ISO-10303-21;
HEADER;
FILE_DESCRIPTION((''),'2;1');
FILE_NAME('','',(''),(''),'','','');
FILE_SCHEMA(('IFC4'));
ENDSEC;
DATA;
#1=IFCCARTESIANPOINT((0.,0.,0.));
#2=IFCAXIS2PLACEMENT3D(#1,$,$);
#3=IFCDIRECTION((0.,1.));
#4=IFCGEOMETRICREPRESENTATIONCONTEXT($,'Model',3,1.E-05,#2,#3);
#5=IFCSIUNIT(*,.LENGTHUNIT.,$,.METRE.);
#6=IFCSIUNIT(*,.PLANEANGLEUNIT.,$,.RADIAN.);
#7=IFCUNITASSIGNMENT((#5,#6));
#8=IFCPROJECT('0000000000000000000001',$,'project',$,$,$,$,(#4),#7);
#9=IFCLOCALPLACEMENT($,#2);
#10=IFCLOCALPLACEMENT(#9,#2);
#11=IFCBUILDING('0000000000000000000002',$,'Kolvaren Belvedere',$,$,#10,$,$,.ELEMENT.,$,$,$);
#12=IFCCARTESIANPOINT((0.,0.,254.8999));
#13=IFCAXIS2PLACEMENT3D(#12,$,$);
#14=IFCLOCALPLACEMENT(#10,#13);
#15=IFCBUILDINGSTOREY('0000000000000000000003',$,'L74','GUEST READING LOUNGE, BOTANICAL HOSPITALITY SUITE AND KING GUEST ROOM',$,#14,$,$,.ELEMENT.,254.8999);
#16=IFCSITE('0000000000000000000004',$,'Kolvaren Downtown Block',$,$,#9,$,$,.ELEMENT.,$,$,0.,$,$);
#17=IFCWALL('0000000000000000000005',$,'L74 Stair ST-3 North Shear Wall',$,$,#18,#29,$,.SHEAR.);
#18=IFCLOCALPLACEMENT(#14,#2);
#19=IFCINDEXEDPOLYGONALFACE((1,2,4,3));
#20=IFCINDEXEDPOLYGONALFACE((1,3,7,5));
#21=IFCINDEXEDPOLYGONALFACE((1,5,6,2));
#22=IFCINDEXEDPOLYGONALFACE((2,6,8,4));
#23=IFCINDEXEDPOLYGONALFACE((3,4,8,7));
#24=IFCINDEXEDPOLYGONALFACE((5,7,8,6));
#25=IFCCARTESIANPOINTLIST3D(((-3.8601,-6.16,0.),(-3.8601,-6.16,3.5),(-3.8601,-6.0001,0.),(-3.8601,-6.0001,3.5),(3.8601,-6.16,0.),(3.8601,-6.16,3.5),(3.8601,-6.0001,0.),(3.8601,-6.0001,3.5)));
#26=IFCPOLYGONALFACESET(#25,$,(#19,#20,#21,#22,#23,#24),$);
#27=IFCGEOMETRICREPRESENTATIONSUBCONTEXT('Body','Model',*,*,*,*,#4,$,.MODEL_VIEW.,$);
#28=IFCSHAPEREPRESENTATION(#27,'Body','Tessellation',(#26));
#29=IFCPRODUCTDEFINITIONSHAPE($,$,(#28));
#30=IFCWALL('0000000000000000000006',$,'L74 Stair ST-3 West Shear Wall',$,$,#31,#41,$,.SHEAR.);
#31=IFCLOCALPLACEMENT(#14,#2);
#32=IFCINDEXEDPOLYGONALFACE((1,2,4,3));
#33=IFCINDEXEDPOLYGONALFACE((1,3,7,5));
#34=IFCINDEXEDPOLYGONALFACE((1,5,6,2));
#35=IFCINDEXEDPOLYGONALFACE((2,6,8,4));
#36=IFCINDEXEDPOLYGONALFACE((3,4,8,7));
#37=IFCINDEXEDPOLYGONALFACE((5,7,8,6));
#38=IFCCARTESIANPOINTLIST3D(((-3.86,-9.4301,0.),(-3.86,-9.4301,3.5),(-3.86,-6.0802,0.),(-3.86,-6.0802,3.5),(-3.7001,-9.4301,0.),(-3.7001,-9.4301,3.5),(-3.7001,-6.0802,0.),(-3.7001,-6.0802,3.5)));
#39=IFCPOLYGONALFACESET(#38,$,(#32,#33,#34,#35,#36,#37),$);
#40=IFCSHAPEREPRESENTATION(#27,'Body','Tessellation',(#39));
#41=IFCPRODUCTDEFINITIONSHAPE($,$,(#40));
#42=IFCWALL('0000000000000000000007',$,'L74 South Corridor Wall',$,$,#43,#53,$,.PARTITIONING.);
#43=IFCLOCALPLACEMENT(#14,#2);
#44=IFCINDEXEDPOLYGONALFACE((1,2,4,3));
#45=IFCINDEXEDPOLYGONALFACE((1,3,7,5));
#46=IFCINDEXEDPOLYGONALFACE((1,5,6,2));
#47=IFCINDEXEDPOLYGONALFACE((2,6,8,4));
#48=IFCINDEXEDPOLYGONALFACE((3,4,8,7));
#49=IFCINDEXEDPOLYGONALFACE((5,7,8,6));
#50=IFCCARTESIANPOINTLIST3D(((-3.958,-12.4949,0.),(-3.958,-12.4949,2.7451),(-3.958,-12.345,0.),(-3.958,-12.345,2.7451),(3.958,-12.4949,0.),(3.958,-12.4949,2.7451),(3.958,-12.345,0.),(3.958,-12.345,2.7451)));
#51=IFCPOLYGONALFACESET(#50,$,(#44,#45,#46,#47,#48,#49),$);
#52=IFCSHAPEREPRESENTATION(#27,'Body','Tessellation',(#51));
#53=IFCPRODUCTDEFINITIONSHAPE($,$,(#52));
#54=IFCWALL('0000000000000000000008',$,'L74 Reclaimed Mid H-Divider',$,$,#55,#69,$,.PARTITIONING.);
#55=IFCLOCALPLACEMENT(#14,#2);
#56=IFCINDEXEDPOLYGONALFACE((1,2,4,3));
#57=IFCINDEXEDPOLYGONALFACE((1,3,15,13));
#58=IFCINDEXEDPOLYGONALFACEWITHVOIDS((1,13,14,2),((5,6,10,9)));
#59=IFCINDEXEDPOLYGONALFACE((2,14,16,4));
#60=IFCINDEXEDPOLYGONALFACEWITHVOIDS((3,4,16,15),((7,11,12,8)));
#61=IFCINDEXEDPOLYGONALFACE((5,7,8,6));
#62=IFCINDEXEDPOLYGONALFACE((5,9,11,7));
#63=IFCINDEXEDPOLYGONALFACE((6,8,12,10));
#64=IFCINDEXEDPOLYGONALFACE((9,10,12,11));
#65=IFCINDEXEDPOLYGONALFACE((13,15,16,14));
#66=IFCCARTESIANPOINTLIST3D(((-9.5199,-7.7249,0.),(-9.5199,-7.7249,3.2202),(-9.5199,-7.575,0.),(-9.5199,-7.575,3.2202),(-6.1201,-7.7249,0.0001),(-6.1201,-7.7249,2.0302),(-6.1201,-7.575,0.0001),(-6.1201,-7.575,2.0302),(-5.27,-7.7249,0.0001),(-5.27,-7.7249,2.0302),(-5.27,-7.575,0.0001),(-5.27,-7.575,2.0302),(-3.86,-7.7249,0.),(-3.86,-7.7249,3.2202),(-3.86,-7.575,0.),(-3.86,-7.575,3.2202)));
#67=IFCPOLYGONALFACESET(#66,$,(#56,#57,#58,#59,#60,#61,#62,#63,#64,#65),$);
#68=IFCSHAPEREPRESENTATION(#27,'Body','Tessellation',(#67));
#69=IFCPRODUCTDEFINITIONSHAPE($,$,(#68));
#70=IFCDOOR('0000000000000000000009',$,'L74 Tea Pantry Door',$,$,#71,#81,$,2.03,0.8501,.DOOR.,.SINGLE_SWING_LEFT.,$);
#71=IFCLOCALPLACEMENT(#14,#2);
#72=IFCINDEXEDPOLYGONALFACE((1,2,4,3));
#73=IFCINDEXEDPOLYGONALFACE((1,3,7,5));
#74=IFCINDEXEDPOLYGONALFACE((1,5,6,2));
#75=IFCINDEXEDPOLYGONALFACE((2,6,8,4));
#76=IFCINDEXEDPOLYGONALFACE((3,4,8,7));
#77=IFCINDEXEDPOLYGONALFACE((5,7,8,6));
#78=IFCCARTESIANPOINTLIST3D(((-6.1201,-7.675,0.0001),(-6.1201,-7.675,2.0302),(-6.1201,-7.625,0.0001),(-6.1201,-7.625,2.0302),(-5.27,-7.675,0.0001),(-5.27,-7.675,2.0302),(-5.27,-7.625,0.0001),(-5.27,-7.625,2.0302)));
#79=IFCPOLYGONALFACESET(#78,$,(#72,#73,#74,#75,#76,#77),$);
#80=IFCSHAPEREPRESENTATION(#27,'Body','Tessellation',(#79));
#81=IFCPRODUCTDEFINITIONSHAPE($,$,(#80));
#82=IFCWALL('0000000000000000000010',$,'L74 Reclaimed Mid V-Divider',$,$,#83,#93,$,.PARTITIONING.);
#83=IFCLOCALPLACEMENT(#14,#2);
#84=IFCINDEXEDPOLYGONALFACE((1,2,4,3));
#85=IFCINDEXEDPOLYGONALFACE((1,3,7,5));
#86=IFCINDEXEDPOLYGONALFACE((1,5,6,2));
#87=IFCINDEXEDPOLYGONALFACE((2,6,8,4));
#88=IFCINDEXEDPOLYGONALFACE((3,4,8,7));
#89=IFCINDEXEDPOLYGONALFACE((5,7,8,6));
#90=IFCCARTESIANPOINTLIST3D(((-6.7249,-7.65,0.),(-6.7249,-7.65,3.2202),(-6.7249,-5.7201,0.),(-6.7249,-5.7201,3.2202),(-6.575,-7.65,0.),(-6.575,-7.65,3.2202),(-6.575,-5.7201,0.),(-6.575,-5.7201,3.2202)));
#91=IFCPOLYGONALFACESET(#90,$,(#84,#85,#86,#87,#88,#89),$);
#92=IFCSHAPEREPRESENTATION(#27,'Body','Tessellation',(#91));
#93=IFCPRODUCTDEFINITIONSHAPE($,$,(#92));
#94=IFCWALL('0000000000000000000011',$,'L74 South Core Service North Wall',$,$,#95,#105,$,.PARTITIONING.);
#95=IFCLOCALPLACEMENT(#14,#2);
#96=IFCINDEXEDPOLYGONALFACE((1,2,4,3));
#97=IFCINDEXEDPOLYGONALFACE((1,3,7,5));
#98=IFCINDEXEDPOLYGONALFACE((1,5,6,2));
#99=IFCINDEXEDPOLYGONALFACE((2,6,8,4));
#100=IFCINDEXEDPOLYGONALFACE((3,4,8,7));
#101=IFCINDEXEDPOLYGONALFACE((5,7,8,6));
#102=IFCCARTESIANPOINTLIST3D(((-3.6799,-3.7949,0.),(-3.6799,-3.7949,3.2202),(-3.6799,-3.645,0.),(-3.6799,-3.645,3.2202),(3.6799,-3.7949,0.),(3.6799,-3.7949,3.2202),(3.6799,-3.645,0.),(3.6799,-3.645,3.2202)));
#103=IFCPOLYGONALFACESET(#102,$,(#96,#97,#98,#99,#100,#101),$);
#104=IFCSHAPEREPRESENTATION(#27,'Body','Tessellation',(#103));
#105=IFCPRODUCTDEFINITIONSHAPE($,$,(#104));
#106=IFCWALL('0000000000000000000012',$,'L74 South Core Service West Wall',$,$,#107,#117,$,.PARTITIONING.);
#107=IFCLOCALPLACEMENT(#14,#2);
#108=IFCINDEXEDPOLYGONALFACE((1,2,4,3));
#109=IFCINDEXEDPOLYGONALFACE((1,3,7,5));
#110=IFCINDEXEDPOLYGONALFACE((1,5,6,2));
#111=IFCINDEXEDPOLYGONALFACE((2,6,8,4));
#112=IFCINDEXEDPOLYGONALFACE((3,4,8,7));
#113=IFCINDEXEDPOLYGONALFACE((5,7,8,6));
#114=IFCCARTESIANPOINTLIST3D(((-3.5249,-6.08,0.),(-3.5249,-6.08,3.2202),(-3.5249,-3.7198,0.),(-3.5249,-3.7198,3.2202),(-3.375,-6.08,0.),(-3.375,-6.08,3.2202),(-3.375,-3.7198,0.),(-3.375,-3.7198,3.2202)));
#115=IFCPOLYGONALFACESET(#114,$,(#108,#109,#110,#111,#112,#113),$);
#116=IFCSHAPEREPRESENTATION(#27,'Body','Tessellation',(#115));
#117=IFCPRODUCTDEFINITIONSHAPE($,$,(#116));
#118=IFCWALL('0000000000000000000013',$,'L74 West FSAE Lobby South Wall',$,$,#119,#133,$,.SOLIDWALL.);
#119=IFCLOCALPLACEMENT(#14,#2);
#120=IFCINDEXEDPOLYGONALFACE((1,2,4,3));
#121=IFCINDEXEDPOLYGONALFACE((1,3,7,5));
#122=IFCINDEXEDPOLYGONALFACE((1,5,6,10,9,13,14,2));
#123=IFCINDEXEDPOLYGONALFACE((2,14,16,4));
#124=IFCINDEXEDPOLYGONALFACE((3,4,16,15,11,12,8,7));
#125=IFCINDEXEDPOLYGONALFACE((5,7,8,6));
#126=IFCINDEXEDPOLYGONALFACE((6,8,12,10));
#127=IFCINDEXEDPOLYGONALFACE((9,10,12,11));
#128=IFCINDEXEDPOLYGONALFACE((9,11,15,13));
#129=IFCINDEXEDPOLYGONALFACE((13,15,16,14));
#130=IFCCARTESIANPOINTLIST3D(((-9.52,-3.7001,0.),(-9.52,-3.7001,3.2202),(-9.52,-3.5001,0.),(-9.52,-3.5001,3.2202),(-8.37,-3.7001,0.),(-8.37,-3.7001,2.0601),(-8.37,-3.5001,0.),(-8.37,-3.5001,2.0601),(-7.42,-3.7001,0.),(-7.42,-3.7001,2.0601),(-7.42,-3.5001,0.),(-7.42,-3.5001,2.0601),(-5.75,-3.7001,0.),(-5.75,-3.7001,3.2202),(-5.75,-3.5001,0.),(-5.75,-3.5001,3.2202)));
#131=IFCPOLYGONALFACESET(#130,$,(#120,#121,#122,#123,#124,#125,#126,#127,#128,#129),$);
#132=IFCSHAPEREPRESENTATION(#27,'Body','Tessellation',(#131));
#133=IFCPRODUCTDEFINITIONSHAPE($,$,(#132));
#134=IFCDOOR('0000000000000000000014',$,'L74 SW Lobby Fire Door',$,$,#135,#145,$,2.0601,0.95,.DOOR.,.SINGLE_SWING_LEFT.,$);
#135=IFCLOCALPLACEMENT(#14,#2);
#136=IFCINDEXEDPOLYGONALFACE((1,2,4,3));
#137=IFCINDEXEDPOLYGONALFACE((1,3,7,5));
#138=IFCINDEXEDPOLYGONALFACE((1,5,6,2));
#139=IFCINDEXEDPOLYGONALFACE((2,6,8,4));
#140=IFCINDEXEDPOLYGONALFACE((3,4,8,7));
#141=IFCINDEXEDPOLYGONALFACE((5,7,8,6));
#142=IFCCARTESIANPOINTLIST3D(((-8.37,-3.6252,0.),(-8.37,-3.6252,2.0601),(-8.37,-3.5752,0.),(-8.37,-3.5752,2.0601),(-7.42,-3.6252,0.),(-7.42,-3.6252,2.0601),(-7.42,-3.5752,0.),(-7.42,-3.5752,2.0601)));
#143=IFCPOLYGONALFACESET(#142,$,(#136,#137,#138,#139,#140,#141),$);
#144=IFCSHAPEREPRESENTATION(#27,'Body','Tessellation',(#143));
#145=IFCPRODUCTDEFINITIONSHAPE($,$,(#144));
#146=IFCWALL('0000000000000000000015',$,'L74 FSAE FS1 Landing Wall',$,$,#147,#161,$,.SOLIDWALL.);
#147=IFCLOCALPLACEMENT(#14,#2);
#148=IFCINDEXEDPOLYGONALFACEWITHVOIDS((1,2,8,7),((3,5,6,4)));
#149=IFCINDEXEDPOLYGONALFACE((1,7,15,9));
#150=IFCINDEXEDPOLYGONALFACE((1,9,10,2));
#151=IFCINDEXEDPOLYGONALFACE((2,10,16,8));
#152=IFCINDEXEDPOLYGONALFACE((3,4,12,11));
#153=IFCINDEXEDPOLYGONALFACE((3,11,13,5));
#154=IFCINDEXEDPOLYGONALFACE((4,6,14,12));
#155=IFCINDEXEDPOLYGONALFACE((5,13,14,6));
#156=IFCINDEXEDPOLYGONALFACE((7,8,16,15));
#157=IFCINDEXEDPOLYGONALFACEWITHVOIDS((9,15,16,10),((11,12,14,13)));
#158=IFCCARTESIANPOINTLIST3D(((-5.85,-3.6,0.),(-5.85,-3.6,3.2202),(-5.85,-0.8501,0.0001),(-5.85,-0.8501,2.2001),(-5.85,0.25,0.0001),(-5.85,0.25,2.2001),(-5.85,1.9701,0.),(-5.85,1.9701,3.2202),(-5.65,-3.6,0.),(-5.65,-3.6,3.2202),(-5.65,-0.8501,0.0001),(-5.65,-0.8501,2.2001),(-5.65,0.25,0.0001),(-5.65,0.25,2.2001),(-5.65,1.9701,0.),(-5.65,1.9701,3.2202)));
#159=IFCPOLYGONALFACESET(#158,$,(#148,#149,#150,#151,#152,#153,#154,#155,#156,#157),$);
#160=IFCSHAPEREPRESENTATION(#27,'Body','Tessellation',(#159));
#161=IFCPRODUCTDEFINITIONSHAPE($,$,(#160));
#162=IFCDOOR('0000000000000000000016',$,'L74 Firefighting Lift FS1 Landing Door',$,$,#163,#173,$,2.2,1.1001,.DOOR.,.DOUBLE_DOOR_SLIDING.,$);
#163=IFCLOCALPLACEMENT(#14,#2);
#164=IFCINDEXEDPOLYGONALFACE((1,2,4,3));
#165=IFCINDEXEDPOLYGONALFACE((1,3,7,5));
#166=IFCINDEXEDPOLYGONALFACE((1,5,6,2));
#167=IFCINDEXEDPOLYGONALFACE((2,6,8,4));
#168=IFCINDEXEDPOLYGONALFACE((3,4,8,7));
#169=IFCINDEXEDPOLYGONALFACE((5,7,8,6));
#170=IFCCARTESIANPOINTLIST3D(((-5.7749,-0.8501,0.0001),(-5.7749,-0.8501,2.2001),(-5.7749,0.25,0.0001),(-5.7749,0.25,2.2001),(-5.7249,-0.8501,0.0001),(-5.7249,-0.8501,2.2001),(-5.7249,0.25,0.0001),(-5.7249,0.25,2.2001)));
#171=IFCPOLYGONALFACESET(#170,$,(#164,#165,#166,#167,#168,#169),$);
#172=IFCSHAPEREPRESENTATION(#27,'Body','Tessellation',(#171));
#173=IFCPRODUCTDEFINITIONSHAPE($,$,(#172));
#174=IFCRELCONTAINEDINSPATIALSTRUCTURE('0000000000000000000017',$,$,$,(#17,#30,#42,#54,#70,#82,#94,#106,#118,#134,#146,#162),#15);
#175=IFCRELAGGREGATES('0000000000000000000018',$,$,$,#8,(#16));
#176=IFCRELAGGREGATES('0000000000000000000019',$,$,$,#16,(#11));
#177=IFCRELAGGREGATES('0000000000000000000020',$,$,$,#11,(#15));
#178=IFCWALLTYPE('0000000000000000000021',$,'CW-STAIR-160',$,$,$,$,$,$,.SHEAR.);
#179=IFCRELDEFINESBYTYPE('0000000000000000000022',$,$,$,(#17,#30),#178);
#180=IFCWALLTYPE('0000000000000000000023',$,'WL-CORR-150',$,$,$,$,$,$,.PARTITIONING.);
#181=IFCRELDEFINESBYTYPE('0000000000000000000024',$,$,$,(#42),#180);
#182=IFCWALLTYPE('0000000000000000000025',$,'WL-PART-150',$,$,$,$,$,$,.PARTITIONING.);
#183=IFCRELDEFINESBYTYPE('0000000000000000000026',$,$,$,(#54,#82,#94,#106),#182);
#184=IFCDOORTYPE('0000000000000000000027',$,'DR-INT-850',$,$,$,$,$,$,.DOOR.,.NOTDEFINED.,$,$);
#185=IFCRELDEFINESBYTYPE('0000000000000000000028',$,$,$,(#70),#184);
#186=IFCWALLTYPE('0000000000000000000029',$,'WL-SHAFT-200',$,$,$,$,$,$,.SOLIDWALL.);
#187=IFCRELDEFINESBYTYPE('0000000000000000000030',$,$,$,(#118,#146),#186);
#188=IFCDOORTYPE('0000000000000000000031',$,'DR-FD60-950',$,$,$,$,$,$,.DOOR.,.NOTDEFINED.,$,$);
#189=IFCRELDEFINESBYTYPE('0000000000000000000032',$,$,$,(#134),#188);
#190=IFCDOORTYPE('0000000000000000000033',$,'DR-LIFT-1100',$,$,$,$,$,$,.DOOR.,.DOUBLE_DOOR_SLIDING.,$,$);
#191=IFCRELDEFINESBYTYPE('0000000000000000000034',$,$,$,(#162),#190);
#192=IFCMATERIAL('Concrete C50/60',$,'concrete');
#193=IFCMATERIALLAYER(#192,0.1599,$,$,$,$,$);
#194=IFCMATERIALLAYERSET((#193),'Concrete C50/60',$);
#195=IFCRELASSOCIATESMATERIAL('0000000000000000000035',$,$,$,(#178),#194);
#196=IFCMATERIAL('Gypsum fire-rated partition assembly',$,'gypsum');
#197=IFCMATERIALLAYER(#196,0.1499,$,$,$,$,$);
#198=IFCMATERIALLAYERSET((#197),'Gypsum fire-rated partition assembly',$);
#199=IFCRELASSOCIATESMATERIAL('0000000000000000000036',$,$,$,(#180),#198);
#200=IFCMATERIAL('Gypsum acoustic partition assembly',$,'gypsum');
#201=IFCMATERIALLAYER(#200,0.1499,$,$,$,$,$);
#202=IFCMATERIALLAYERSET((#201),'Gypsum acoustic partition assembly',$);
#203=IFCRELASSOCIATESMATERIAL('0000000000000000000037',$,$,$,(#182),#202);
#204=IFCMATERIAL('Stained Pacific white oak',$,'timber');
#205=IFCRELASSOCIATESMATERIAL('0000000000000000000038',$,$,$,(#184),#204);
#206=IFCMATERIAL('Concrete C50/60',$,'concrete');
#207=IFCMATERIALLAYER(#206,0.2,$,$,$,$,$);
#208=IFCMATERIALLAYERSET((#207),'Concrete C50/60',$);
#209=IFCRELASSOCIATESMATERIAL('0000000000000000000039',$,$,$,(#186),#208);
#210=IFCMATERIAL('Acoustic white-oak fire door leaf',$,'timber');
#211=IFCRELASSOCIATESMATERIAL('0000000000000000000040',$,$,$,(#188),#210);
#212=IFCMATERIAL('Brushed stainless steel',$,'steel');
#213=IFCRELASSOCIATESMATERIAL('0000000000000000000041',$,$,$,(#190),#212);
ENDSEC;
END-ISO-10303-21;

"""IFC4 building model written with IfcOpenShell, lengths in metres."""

from ifc_helpers import new_model, si_unit, direction, frame, frame_2d, origin, place, context, subcontext, project, spatial, rectangle, extrude, material, layer, layer_set, type_object, element, fill, save


model = new_model("IFC4")

# Units and contexts
model_context = context("Model", 3, precision=1e-05, world=origin(), true_north=direction((0.0, 1.0)))
body_context = subcontext(model_context, "Body", "Model", "MODEL_VIEW")
ifc_project = project(units=[si_unit("LENGTHUNIT", "METRE"), si_unit("PLANEANGLEUNIT", "RADIAN")], contexts=[model_context])

# Site, building, storey
site_placement = place(None, origin())
site = spatial("IfcSite", under=ifc_project, at=site_placement, Name="Kolvaren Downtown Block", CompositionType="ELEMENT", RefElevation=0.0)
building_placement = place(site_placement, origin())
building = spatial("IfcBuilding", under=site, at=building_placement, Name="Kolvaren Belvedere", CompositionType="ELEMENT")
storey_placement = place(building_placement, frame((0.0, 0.0, 254.8999)))
storey = spatial("IfcBuildingStorey", under=building, at=storey_placement, Name="L74", Description="GUEST READING LOUNGE, BOTANICAL HOSPITALITY SUITE AND KING GUEST ROOM", CompositionType="ELEMENT", Elevation=254.8999)

# Walls
ifc_material_1 = material(Name="Concrete C50/60", Category="concrete")
ifc_layer_1 = layer(ifc_material_1, 0.1599)
ifc_layer_set_1 = layer_set([ifc_layer_1], Name="Concrete C50/60")
wall_type_1 = type_object("IfcWallType", Name="CW-STAIR-160", PredefinedType="SHEAR", material=ifc_layer_set_1)
wall_1_placement = place(storey_placement, frame((-3.8601, -6.0801, 0.0), z_axis=(0.0, 0.0, 1.0), x_axis=(1.0, 0.0, 0.0)))
element("IfcWall", 1, at=wall_1_placement, inside=storey, type_object=wall_type_1, Name="L74 Stair ST-3 North Shear Wall", PredefinedType="SHEAR", context=body_context, shape_type="SweptSolid", body=[
    extrude(rectangle(XDim=7.7202, YDim=0.1599, at=frame_2d((3.8601, 0.0))), origin(), (0.0, 0.0, 1.0), 3.5),
])
wall_2_placement = place(storey_placement, frame((-3.78, -9.4299, 0.0), z_axis=(0.0, 0.0, 1.0), x_axis=(0.0, 1.0, 0.0)))
element("IfcWall", 2, at=wall_2_placement, inside=storey, type_object=wall_type_1, Name="L74 Stair ST-3 West Shear Wall", PredefinedType="SHEAR", context=body_context, shape_type="SweptSolid", body=[
    extrude(rectangle(XDim=3.3499, YDim=0.1599, at=frame_2d((1.6748, 0.0))), origin(), (0.0, 0.0, 1.0), 3.5),
])
ifc_material_2 = material(Name="Gypsum fire-rated partition assembly", Category="gypsum")
ifc_layer_2 = layer(ifc_material_2, 0.1499)
ifc_layer_set_2 = layer_set([ifc_layer_2], Name="Gypsum fire-rated partition assembly")
wall_type_2 = type_object("IfcWallType", Name="WL-CORR-150", PredefinedType="PARTITIONING", material=ifc_layer_set_2)
wall_3_placement = place(storey_placement, frame((-3.958, -12.4199, 0.0), z_axis=(0.0, 0.0, 1.0), x_axis=(1.0, 0.0, 0.0)))
element("IfcWall", 3, at=wall_3_placement, inside=storey, type_object=wall_type_2, Name="L74 South Corridor Wall", PredefinedType="PARTITIONING", context=body_context, shape_type="SweptSolid", body=[
    extrude(rectangle(XDim=7.916, YDim=0.1499, at=frame_2d((3.958, 0.0))), origin(), (0.0, 0.0, 1.0), 2.7451),
])

# Wall, opening, door
ifc_material_3 = material(Name="Gypsum acoustic partition assembly", Category="gypsum")
ifc_layer_3 = layer(ifc_material_3, 0.1499)
ifc_layer_set_3 = layer_set([ifc_layer_3], Name="Gypsum acoustic partition assembly")
wall_type_3 = type_object("IfcWallType", Name="WL-PART-150", PredefinedType="PARTITIONING", material=ifc_layer_set_3)
wall_4_placement = place(storey_placement, frame((-9.52, -7.6499, 0.0), z_axis=(0.0, 0.0, 1.0), x_axis=(1.0, 0.0, 0.0)))
wall_4 = element("IfcWall", 4, at=wall_4_placement, inside=storey, type_object=wall_type_3, Name="L74 Reclaimed Mid H-Divider", PredefinedType="PARTITIONING", context=body_context, shape_type="SweptSolid", body=[
    extrude(rectangle(XDim=5.6599, YDim=0.1499, at=frame_2d((2.8301, 0.0))), origin(), (0.0, 0.0, 1.0), 3.2202),
])
opening_1_placement = place(wall_4_placement, frame((3.3999, 0.0, 0.0)))
opening_1 = element("IfcOpeningElement", 5, at=opening_1_placement, cuts=wall_4, PredefinedType="OPENING", context=body_context, shape_type="SweptSolid", body=[
    extrude(rectangle(XDim=0.8501, YDim=2.03, at=frame_2d((0.425, 1.0151))), frame((0.0, 0.085, 0.0), z_axis=(0.0, -1.0, 0.0), x_axis=(1.0, 0.0, 0.0)), (0.0, 0.0, 1.0), 0.1699),
])
ifc_material_4 = material(Name="Stained Pacific white oak", Category="timber")
door_type_1 = type_object("IfcDoorType", Name="DR-INT-850", OperationType="NOTDEFINED", PredefinedType="DOOR", material=ifc_material_4)
door_1_placement = place(opening_1_placement, origin())
door_1 = element("IfcDoor", 6, at=door_1_placement, inside=storey, type_object=door_type_1, Name="L74 Tea Pantry Door", OperationType="SINGLE_SWING_LEFT", OverallHeight=2.03, OverallWidth=0.8501, PredefinedType="DOOR", context=body_context, shape_type="SweptSolid", body=[
    extrude(rectangle(XDim=0.8501, YDim=2.03, at=frame_2d((0.425, 1.0151))), frame((0.0, 0.0249, 0.0), z_axis=(0.0, -1.0, 0.0), x_axis=(1.0, 0.0, 0.0)), (0.0, 0.0, 1.0), 0.05),
])
fill(opening_1, door_1)

# Walls
wall_5_placement = place(storey_placement, frame((-6.6499, -7.6499, 0.0), z_axis=(0.0, 0.0, 1.0), x_axis=(0.0, 1.0, 0.0)))
element("IfcWall", 7, at=wall_5_placement, inside=storey, type_object=wall_type_3, Name="L74 Reclaimed Mid V-Divider", PredefinedType="PARTITIONING", context=body_context, shape_type="SweptSolid", body=[
    extrude(rectangle(XDim=1.9299, YDim=0.1499, at=frame_2d((0.9648, 0.0))), origin(), (0.0, 0.0, 1.0), 3.2202),
])
wall_6_placement = place(storey_placement, frame((-3.6799, -3.72, 0.0), z_axis=(0.0, 0.0, 1.0), x_axis=(1.0, 0.0, 0.0)))
element("IfcWall", 8, at=wall_6_placement, inside=storey, type_object=wall_type_3, Name="L74 South Core Service North Wall", PredefinedType="PARTITIONING", context=body_context, shape_type="SweptSolid", body=[
    extrude(rectangle(XDim=7.3599, YDim=0.1499, at=frame_2d((3.6799, 0.0))), origin(), (0.0, 0.0, 1.0), 3.2202),
])
wall_7_placement = place(storey_placement, frame((-3.45, -6.0801, 0.0), z_axis=(0.0, 0.0, 1.0), x_axis=(0.0, 1.0, 0.0)))
element("IfcWall", 9, at=wall_7_placement, inside=storey, type_object=wall_type_3, Name="L74 South Core Service West Wall", PredefinedType="PARTITIONING", context=body_context, shape_type="SweptSolid", body=[
    extrude(rectangle(XDim=2.3601, YDim=0.1499, at=frame_2d((1.1802, 0.0))), origin(), (0.0, 0.0, 1.0), 3.2202),
])

# Walls, openings, doors
ifc_material_5 = material(Name="Concrete C50/60", Category="concrete")
ifc_layer_4 = layer(ifc_material_5, 0.2)
ifc_layer_set_4 = layer_set([ifc_layer_4], Name="Concrete C50/60")
wall_type_4 = type_object("IfcWallType", Name="WL-SHAFT-200", PredefinedType="SOLIDWALL", material=ifc_layer_set_4)
wall_8_placement = place(storey_placement, frame((-9.52, -3.6001, 0.0), z_axis=(0.0, 0.0, 1.0), x_axis=(1.0, 0.0, 0.0)))
wall_8 = element("IfcWall", 10, at=wall_8_placement, inside=storey, type_object=wall_type_4, Name="L74 West FSAE Lobby South Wall", PredefinedType="SOLIDWALL", context=body_context, shape_type="SweptSolid", body=[
    extrude(rectangle(XDim=3.77, YDim=0.2, at=frame_2d((1.885, 0.0))), origin(), (0.0, 0.0, 1.0), 3.2202),
])
opening_2_placement = place(wall_8_placement, frame((1.1499, 0.0, 0.0)))
opening_2 = element("IfcOpeningElement", 11, at=opening_2_placement, cuts=wall_8, PredefinedType="OPENING", context=body_context, shape_type="SweptSolid", body=[
    extrude(rectangle(XDim=0.95, YDim=2.0601, at=frame_2d((0.4751, 1.03))), frame((0.0, 0.1099, 0.0), z_axis=(0.0, -1.0, 0.0), x_axis=(1.0, 0.0, 0.0)), (0.0, 0.0, 1.0), 0.22),
])
ifc_material_6 = material(Name="Acoustic white-oak fire door leaf", Category="timber")
door_type_2 = type_object("IfcDoorType", Name="DR-FD60-950", OperationType="NOTDEFINED", PredefinedType="DOOR", material=ifc_material_6)
door_2_placement = place(opening_2_placement, origin())
door_2 = element("IfcDoor", 12, at=door_2_placement, inside=storey, type_object=door_type_2, Name="L74 SW Lobby Fire Door", OperationType="SINGLE_SWING_LEFT", OverallHeight=2.0601, OverallWidth=0.95, PredefinedType="DOOR", context=body_context, shape_type="SweptSolid", body=[
    extrude(rectangle(XDim=0.95, YDim=2.0601, at=frame_2d((0.4751, 1.03))), frame((0.0, 0.0249, 0.0), z_axis=(0.0, -1.0, 0.0), x_axis=(1.0, 0.0, 0.0)), (0.0, 0.0, 1.0), 0.05),
])
fill(opening_2, door_2)
wall_9_placement = place(storey_placement, frame((-5.75, -3.6001, 0.0), z_axis=(0.0, 0.0, 1.0), x_axis=(0.0, 1.0, 0.0)))
wall_9 = element("IfcWall", 13, at=wall_9_placement, inside=storey, type_object=wall_type_4, Name="L74 FSAE FS1 Landing Wall", PredefinedType="SOLIDWALL", context=body_context, shape_type="SweptSolid", body=[
    extrude(rectangle(XDim=5.5701, YDim=0.2, at=frame_2d((2.7852, 0.0))), origin(), (0.0, 0.0, 1.0), 3.2202),
])
opening_3_placement = place(wall_9_placement, frame((2.75, 0.0, 0.0)))
opening_3 = element("IfcOpeningElement", 14, at=opening_3_placement, cuts=wall_9, PredefinedType="OPENING", context=body_context, shape_type="SweptSolid", body=[
    extrude(rectangle(XDim=1.1001, YDim=2.2, at=frame_2d((0.55, 1.1001))), frame((0.0, 0.1099, 0.0), z_axis=(0.0, -1.0, 0.0), x_axis=(1.0, 0.0, 0.0)), (0.0, 0.0, 1.0), 0.22),
])
ifc_material_7 = material(Name="Brushed stainless steel", Category="steel")
door_type_3 = type_object("IfcDoorType", Name="DR-LIFT-1100", OperationType="DOUBLE_DOOR_SLIDING", PredefinedType="DOOR", material=ifc_material_7)
door_3_placement = place(opening_3_placement, origin())
door_3 = element("IfcDoor", 15, at=door_3_placement, inside=storey, type_object=door_type_3, Name="L74 Firefighting Lift FS1 Landing Door", OperationType="DOUBLE_DOOR_SLIDING", OverallHeight=2.2, OverallWidth=1.1001, PredefinedType="DOOR", context=body_context, shape_type="SweptSolid", body=[
    extrude(rectangle(XDim=1.1001, YDim=2.2, at=frame_2d((0.55, 1.1001))), frame((0.0, 0.0249, 0.0), z_axis=(0.0, -1.0, 0.0), x_axis=(1.0, 0.0, 0.0)), (0.0, 0.0, 1.0), 0.05),
])
fill(opening_3, door_3)

save(model, "model.ifc")
